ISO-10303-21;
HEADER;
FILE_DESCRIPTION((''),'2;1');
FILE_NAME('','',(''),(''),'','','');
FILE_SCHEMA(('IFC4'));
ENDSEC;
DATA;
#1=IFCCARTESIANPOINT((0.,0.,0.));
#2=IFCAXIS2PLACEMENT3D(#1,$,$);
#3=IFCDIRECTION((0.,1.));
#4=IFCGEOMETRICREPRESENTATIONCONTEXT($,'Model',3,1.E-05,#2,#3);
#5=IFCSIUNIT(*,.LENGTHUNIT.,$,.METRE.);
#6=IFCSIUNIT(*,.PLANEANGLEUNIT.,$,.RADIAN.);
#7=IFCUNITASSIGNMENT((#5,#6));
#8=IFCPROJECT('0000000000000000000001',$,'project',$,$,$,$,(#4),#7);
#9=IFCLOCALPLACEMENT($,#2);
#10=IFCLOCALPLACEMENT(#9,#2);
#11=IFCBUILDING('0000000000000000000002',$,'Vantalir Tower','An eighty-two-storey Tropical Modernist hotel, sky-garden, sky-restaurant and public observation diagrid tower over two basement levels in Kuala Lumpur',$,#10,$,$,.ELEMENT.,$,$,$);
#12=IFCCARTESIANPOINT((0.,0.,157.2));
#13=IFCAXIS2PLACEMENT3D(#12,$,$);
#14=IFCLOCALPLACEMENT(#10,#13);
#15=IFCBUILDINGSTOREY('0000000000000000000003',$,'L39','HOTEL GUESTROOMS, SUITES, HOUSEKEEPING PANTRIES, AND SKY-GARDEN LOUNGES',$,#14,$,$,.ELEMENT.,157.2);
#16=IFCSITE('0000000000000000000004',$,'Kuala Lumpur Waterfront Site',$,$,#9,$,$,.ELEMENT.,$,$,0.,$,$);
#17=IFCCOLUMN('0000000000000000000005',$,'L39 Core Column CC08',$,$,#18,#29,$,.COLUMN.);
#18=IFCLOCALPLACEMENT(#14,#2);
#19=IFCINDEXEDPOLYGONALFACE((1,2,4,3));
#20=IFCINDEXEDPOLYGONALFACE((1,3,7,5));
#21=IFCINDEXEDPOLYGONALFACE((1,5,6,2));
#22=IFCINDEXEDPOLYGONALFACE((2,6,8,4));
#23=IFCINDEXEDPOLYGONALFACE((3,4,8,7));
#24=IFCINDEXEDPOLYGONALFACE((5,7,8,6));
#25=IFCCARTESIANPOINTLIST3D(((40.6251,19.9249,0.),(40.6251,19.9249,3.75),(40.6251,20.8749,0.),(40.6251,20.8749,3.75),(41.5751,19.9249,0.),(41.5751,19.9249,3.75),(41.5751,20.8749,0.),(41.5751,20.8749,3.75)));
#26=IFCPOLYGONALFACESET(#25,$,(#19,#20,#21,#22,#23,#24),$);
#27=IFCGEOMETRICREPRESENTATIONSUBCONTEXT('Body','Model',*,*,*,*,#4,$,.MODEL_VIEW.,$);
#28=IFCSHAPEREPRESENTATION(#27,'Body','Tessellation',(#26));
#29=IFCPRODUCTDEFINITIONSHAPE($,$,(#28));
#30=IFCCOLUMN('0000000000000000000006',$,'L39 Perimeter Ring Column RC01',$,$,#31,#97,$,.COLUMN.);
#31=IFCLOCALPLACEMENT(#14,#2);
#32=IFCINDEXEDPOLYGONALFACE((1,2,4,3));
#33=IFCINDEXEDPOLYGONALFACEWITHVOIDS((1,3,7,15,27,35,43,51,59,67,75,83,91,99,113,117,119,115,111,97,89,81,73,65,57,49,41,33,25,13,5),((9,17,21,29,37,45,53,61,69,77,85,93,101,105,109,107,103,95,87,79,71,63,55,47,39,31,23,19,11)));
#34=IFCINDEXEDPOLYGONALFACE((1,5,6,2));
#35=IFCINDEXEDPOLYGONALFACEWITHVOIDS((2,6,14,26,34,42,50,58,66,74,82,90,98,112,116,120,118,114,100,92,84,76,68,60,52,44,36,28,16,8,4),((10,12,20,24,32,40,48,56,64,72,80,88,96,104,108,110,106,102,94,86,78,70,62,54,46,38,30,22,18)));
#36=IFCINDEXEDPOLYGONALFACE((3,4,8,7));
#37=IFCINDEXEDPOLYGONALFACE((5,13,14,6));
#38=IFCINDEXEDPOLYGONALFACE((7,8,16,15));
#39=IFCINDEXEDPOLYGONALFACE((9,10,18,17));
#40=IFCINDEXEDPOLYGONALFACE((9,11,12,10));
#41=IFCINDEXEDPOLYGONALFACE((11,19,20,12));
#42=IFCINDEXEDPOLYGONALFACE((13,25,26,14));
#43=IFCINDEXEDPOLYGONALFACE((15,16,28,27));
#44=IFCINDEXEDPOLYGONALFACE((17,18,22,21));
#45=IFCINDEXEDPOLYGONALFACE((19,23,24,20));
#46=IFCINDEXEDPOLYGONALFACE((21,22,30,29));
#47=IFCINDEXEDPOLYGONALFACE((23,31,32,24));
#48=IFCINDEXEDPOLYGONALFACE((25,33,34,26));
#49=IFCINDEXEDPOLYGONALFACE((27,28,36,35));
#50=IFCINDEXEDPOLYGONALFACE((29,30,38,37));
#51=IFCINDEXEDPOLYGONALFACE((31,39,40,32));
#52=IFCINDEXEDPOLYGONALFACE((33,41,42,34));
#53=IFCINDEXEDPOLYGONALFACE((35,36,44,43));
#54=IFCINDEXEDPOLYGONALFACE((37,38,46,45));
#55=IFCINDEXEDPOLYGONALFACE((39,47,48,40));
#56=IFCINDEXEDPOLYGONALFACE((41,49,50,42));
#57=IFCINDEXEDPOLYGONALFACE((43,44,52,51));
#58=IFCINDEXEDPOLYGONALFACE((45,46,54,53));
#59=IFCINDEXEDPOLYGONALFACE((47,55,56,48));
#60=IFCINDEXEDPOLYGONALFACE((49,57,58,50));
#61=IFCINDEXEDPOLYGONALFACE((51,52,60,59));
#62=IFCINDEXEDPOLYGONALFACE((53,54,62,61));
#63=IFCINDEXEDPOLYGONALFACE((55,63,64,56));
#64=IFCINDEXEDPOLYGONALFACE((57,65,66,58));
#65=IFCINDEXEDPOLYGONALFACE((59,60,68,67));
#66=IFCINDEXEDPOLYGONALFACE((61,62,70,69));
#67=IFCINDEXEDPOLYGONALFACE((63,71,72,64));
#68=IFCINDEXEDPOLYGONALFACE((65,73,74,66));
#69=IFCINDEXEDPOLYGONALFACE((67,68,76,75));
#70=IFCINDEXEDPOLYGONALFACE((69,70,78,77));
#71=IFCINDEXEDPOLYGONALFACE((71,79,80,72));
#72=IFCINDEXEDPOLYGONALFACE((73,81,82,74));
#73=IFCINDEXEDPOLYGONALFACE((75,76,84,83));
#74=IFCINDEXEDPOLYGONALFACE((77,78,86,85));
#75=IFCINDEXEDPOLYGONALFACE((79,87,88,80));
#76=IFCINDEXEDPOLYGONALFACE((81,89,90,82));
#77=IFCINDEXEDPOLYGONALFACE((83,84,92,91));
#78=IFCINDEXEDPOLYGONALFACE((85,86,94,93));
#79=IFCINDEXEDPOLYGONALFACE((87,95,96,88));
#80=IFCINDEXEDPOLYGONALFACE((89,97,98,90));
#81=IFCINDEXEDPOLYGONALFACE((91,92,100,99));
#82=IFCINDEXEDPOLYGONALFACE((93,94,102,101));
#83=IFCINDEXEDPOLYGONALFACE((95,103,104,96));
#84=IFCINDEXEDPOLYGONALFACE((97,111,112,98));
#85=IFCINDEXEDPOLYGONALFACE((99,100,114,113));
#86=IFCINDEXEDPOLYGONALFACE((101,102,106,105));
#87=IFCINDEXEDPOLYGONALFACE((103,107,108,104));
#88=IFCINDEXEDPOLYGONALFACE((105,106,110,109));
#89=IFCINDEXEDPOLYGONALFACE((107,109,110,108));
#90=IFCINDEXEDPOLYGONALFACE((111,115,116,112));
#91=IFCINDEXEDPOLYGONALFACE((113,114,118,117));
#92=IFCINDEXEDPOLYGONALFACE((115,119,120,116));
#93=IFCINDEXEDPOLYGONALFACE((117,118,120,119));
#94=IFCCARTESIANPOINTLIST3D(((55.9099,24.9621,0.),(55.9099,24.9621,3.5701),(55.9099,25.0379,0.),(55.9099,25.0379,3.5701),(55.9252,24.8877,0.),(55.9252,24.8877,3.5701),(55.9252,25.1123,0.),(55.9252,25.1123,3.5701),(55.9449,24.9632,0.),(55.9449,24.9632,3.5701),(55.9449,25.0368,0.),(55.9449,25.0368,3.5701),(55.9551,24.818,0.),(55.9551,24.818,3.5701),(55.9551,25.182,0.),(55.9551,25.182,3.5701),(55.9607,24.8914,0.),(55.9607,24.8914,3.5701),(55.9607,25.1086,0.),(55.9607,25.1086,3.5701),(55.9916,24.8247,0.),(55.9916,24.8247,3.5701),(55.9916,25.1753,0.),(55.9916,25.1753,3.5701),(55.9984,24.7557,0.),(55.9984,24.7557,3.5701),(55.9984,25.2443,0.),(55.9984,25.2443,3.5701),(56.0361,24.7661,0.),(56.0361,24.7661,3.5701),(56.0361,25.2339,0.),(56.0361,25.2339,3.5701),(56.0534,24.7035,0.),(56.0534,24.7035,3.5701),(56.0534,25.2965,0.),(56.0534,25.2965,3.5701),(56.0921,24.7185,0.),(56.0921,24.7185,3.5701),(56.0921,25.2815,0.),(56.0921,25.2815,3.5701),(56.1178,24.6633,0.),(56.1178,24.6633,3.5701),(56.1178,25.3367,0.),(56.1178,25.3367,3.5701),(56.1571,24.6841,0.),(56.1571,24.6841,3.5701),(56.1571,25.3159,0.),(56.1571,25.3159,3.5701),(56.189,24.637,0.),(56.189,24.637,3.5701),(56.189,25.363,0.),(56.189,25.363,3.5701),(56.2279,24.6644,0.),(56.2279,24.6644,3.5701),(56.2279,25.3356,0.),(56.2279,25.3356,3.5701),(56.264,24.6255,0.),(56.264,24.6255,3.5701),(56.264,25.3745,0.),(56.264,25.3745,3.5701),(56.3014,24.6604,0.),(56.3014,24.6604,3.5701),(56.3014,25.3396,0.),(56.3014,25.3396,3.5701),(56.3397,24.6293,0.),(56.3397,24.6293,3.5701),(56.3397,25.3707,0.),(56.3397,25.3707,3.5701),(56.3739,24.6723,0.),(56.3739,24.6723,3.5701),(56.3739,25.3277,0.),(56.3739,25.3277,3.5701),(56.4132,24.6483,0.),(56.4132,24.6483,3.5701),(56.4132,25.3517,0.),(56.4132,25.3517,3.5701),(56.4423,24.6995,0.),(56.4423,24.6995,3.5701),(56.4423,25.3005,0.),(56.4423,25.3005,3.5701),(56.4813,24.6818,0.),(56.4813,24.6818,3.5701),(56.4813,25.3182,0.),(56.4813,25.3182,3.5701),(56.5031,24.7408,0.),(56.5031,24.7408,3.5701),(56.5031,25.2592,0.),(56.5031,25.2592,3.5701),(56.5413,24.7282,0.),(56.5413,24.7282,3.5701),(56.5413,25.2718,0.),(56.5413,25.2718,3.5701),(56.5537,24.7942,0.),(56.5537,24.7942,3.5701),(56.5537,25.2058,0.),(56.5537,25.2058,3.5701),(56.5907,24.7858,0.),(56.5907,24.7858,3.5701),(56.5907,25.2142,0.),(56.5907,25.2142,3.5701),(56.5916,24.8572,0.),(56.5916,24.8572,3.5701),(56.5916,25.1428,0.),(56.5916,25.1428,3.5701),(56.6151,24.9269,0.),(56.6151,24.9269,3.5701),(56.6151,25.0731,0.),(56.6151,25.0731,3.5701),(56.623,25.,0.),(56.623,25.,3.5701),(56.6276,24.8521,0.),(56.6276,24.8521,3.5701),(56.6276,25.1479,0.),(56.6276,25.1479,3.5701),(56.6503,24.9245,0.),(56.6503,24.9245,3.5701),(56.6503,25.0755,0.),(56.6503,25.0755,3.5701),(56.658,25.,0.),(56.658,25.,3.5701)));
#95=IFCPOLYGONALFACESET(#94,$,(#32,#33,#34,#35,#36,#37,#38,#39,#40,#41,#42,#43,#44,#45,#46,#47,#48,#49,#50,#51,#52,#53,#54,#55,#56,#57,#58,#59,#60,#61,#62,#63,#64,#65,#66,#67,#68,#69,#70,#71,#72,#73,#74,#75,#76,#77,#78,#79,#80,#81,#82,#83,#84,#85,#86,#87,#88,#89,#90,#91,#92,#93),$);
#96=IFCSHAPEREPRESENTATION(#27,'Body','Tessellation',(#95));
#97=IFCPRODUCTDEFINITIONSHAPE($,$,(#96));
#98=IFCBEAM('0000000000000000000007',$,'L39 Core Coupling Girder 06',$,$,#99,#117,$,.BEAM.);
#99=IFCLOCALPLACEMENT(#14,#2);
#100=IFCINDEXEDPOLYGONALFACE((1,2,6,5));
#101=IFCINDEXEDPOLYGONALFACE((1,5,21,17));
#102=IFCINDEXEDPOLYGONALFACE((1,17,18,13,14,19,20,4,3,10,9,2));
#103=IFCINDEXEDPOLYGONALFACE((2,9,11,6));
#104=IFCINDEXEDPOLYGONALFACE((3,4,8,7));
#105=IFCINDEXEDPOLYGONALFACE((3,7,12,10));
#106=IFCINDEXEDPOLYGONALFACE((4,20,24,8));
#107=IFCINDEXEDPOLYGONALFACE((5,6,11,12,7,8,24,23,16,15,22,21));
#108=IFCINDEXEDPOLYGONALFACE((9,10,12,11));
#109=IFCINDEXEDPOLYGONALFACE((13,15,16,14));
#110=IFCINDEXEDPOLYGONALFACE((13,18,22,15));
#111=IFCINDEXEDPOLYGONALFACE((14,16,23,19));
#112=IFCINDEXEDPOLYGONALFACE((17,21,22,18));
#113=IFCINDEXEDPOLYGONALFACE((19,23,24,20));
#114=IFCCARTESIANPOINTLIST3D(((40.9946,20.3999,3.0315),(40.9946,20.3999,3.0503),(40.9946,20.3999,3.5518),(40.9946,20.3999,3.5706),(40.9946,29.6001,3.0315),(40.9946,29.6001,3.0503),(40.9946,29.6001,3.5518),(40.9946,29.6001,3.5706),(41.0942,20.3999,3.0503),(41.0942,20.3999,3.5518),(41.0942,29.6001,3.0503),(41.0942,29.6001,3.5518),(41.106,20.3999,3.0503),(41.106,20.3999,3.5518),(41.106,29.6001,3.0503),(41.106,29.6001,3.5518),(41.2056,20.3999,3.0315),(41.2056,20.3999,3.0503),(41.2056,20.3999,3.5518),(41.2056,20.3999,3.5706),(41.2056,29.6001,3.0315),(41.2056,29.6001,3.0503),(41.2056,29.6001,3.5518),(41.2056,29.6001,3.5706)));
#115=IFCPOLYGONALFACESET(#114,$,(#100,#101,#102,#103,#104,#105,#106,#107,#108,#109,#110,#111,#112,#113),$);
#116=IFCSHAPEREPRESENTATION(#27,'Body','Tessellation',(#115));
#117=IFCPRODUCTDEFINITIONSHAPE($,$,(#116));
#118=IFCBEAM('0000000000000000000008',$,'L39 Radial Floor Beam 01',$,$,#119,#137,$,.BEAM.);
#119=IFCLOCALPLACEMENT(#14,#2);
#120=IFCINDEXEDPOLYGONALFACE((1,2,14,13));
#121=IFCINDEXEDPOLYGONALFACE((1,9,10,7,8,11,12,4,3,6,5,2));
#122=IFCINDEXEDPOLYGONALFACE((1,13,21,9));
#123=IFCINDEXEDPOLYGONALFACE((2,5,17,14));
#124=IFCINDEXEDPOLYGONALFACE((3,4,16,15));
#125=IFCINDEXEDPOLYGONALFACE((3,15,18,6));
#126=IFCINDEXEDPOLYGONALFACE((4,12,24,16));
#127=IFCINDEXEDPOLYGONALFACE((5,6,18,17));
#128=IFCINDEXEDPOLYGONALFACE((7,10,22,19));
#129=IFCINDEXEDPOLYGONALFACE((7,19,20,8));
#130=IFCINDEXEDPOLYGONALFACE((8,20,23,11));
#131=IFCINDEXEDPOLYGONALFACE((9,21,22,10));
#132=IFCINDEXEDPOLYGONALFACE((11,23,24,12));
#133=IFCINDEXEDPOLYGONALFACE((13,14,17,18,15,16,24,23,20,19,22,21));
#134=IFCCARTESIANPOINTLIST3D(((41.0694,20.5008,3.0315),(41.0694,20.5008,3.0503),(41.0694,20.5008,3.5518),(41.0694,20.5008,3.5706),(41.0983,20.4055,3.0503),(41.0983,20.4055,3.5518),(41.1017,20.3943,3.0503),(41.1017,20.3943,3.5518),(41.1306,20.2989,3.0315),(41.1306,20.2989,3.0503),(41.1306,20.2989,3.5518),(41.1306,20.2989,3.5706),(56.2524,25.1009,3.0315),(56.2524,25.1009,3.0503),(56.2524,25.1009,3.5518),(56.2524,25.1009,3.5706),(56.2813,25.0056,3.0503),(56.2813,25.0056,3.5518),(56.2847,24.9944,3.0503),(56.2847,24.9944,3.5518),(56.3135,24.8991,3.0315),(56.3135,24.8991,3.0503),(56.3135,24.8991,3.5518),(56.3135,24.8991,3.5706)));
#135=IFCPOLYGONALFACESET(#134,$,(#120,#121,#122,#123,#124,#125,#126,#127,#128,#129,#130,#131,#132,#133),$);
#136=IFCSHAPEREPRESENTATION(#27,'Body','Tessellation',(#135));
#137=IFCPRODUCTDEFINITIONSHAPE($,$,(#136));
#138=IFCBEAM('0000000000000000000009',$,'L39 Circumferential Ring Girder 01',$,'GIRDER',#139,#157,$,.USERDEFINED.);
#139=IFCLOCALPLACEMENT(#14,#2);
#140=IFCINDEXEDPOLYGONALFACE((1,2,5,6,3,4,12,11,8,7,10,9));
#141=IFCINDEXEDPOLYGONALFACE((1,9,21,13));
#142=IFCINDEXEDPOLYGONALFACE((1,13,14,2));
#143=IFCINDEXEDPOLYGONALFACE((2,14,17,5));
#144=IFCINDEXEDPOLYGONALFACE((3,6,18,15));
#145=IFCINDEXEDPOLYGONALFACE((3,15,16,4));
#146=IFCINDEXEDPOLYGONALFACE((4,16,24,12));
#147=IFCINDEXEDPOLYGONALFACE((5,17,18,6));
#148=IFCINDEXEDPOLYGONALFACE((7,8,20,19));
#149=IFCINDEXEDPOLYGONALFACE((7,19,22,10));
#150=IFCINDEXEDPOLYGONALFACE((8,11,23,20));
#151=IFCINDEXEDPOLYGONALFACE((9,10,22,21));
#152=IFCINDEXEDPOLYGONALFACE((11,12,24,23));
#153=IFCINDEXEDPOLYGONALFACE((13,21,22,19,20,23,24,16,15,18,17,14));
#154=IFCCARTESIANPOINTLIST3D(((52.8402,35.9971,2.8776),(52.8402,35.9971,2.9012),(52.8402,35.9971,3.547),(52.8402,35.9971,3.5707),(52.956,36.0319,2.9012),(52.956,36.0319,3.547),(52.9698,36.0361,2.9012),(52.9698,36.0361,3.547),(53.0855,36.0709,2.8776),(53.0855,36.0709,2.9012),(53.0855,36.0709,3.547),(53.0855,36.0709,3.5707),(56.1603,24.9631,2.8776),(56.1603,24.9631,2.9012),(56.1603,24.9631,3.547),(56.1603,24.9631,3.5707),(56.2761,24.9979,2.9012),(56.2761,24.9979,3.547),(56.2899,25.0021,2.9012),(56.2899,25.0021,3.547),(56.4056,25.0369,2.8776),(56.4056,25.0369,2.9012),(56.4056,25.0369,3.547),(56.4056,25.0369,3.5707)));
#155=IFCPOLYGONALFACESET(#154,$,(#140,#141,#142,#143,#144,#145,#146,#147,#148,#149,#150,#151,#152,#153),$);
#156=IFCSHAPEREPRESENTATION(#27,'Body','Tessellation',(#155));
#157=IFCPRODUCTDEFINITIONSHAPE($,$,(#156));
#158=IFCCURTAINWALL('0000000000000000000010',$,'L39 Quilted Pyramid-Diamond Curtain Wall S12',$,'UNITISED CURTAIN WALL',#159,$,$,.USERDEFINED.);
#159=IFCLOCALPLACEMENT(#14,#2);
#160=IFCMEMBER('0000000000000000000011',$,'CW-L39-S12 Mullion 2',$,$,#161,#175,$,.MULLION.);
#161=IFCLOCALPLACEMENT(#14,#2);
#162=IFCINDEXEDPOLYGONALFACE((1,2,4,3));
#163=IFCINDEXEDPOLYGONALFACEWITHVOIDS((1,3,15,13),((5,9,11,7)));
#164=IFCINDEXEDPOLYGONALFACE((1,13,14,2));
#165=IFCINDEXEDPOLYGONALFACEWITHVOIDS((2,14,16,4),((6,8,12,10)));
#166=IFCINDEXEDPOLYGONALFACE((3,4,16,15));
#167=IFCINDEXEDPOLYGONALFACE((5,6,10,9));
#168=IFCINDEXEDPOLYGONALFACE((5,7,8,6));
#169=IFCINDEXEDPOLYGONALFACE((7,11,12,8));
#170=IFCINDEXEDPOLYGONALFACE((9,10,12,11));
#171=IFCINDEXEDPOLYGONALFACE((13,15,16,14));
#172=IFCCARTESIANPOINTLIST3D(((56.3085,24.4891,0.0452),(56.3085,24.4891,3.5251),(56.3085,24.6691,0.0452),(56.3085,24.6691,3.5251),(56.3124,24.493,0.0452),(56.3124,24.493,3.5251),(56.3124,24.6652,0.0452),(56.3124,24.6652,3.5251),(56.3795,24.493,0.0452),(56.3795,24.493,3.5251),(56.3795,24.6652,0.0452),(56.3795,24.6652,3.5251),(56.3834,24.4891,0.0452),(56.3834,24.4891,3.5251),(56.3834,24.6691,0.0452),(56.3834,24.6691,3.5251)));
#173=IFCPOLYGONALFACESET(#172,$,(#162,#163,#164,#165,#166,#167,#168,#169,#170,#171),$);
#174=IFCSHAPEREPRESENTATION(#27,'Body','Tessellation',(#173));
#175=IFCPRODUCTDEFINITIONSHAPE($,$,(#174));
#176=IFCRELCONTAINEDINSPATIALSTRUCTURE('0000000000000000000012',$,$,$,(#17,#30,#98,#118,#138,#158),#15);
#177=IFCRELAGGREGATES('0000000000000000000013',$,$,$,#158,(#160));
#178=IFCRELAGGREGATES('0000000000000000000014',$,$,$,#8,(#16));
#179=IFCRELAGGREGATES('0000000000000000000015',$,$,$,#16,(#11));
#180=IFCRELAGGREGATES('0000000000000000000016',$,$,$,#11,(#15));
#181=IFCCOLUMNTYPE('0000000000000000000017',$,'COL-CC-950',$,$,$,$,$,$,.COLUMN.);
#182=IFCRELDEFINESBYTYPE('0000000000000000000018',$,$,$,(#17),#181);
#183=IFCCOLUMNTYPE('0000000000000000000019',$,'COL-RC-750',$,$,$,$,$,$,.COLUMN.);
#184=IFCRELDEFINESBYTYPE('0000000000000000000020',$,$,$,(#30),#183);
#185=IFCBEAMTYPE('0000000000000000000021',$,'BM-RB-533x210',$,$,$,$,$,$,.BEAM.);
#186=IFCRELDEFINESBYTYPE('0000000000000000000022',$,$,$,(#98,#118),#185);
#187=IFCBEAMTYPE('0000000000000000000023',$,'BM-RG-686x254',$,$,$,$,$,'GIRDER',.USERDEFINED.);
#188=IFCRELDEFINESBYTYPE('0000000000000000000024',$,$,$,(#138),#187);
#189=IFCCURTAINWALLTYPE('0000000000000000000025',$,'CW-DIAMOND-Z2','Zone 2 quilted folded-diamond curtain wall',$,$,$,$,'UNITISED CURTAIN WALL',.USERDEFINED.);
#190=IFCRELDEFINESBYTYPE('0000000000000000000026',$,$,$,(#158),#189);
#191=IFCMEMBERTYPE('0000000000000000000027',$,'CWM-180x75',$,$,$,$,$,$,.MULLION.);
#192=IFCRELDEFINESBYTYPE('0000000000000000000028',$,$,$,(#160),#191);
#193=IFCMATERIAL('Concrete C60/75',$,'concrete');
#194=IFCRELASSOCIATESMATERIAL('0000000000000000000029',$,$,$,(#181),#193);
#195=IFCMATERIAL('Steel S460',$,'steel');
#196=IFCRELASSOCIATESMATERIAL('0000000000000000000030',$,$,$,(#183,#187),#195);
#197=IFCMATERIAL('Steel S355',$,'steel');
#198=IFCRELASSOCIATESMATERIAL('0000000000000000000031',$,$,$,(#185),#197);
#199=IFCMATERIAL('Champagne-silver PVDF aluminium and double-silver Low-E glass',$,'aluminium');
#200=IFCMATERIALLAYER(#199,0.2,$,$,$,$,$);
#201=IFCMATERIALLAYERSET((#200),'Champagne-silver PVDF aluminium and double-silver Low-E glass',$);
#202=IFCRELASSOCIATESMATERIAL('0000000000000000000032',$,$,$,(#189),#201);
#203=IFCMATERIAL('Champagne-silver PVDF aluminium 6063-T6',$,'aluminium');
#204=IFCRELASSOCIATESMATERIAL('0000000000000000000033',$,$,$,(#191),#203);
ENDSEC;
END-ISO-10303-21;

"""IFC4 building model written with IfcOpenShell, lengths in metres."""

from ifc_helpers import new_model, si_unit, direction, frame, origin, origin_2d, place, context, subcontext, project, spatial, rectangle, hollow_rectangle, hollow_circle, i_section, extrude, material, layer, layer_set, material_profile, profile_set, type_object, element, aggregate, save


model = new_model("IFC4")

# Units and contexts
model_context = context("Model", 3, precision=1e-05, world=origin(), true_north=direction((0.0, 1.0)))
body_context = subcontext(model_context, "Body", "Model", "MODEL_VIEW")
ifc_project = project(units=[si_unit("LENGTHUNIT", "METRE"), si_unit("PLANEANGLEUNIT", "RADIAN")], contexts=[model_context])

# Site, building, storey
site_placement = place(None, origin())
site = spatial("IfcSite", under=ifc_project, at=site_placement, Name="Kuala Lumpur Waterfront Site", CompositionType="ELEMENT", RefElevation=0.0)
building_placement = place(site_placement, origin())
building = spatial("IfcBuilding", under=site, at=building_placement, Name="Vantalir Tower", Description="An eighty-two-storey Tropical Modernist hotel, sky-garden, sky-restaurant and public observation diagrid tower over two basement levels in Kuala Lumpur", CompositionType="ELEMENT")
storey_placement = place(building_placement, frame((0.0, 0.0, 157.2)))
storey = spatial("IfcBuildingStorey", under=building, at=storey_placement, Name="L39", Description="HOTEL GUESTROOMS, SUITES, HOUSEKEEPING PANTRIES, AND SKY-GARDEN LOUNGES", CompositionType="ELEMENT", Elevation=157.2)

# Columns
ifc_material_1 = material(Name="Concrete C60/75", Category="concrete")
ifc_material_profile_1 = material_profile(ifc_material_1, rectangle(XDim=0.95, YDim=0.95, at=origin_2d()), Name="Concrete C60/75")
ifc_profile_set_1 = profile_set([ifc_material_profile_1], Name="Concrete C60/75")
column_type_1 = type_object("IfcColumnType", Name="COL-CC-950", PredefinedType="COLUMN", material=ifc_profile_set_1)
column_1_placement = place(storey_placement, frame((41.1001, 20.3999, 0.0), z_axis=(0.0, 0.0, 1.0), x_axis=(1.0, 0.0, 0.0)))
element("IfcColumn", 1, at=column_1_placement, inside=storey, type_object=column_type_1, Name="L39 Core Column CC08", PredefinedType="COLUMN", context=body_context, shape_type="SweptSolid", body=[
    extrude(rectangle(XDim=0.95, YDim=0.95, at=origin_2d()), origin(), (0.0, 0.0, 1.0), 3.75),
])
ifc_material_2 = material(Name="Steel S460", Category="steel")
ifc_material_profile_2 = material_profile(ifc_material_2, hollow_circle(Radius=0.375, WallThickness=0.0349, at=origin_2d()), Name="Steel S460")
ifc_profile_set_2 = profile_set([ifc_material_profile_2], Name="Steel S460")
column_type_2 = type_object("IfcColumnType", Name="COL-RC-750", PredefinedType="COLUMN", material=ifc_profile_set_2)
column_2_placement = place(storey_placement, frame((56.283, 25.0, 0.0), z_axis=(0.0, 0.0, 1.0), x_axis=(1.0, 0.0, 0.0)))
element("IfcColumn", 2, at=column_2_placement, inside=storey, type_object=column_type_2, Name="L39 Perimeter Ring Column RC01", PredefinedType="COLUMN", context=body_context, shape_type="SweptSolid", body=[
    extrude(hollow_circle(Radius=0.375, WallThickness=0.0349, at=origin_2d()), origin(), (0.0, 0.0, 1.0), 3.5701),
])

# Beams
ifc_material_3 = material(Name="Steel S355", Category="steel")
ifc_material_profile_3 = material_profile(ifc_material_3, i_section(OverallWidth=0.2109, OverallDepth=0.5391, WebThickness=0.0117, FlangeThickness=0.0188, at=origin_2d()), Name="Steel S355")
ifc_profile_set_3 = profile_set([ifc_material_profile_3], Name="Steel S355")
beam_type_1 = type_object("IfcBeamType", Name="BM-RB-533x210", PredefinedType="BEAM", material=ifc_profile_set_3)
beam_1_placement = place(storey_placement, frame((41.1001, 20.3999, 3.301), z_axis=(0.0, 1.0, 0.0), x_axis=(-1.0, 0.0, 0.0)))
element("IfcBeam", 3, at=beam_1_placement, inside=storey, type_object=beam_type_1, Name="L39 Core Coupling Girder 06", PredefinedType="BEAM", context=body_context, shape_type="SweptSolid", body=[
    extrude(i_section(OverallWidth=0.2109, OverallDepth=0.5391, WebThickness=0.0117, FlangeThickness=0.0188, at=origin_2d()), origin(), (0.0, 0.0, 1.0), 9.2002),
])
beam_2_placement = place(storey_placement, frame((56.283, 25.0, 3.301), z_axis=(-0.957038, -0.289963, 0.0), x_axis=(0.289963, -0.957038, 0.0)))
element("IfcBeam", 4, at=beam_2_placement, inside=storey, type_object=beam_type_1, Name="L39 Radial Floor Beam 01", PredefinedType="BEAM", context=body_context, shape_type="SweptSolid", body=[
    extrude(i_section(OverallWidth=0.2109, OverallDepth=0.5391, WebThickness=0.0117, FlangeThickness=0.0188, at=origin_2d()), origin(), (0.0, 0.0, 1.0), 15.8645),
])
ifc_material_profile_4 = material_profile(ifc_material_2, i_section(OverallWidth=0.2561, OverallDepth=0.6931, WebThickness=0.0144, FlangeThickness=0.0237, at=origin_2d()), Name="Steel S460")
ifc_profile_set_4 = profile_set([ifc_material_profile_4], Name="Steel S460")
beam_type_2 = type_object("IfcBeamType", Name="BM-RG-686x254", ElementType="GIRDER", PredefinedType="USERDEFINED", material=ifc_profile_set_4)
beam_3_placement = place(storey_placement, frame((56.283, 25.0, 3.2241), z_axis=(-0.288135, 0.95759, 0.0), x_axis=(-0.95759, -0.288135, 0.0)))
element("IfcBeam", 5, at=beam_3_placement, inside=storey, type_object=beam_type_2, Name="L39 Circumferential Ring Girder 01", ObjectType="GIRDER", PredefinedType="USERDEFINED", context=body_context, shape_type="SweptSolid", body=[
    extrude(i_section(OverallWidth=0.2561, OverallDepth=0.6931, WebThickness=0.0144, FlangeThickness=0.0237, at=origin_2d()), origin(), (0.0, 0.0, 1.0), 11.5227),
])

# Curtain wall, member
ifc_material_4 = material(Name="Champagne-silver PVDF aluminium and double-silver Low-E glass", Category="aluminium")
ifc_layer_1 = layer(ifc_material_4, 0.2)
ifc_layer_set_1 = layer_set([ifc_layer_1], Name="Champagne-silver PVDF aluminium and double-silver Low-E glass")
curtain_wall_type = type_object("IfcCurtainWallType", Name="CW-DIAMOND-Z2", Description="Zone 2 quilted folded-diamond curtain wall", ElementType="UNITISED CURTAIN WALL", PredefinedType="USERDEFINED", material=ifc_layer_set_1)
curtain_wall_placement = place(storey_placement, origin())
curtain_wall = element("IfcCurtainWall", 6, at=curtain_wall_placement, inside=storey, type_object=curtain_wall_type, Name="L39 Quilted Pyramid-Diamond Curtain Wall S12", ObjectType="UNITISED CURTAIN WALL", PredefinedType="USERDEFINED")
ifc_material_5 = material(Name="Champagne-silver PVDF aluminium 6063-T6", Category="aluminium")
ifc_material_profile_5 = material_profile(ifc_material_5, hollow_rectangle(XDim=0.075, YDim=0.1799, WallThickness=0.0039, at=origin_2d()), Name="Champagne-silver PVDF aluminium 6063-T6")
ifc_profile_set_5 = profile_set([ifc_material_profile_5], Name="Champagne-silver PVDF aluminium 6063-T6")
member_type_1 = type_object("IfcMemberType", Name="CWM-180x75", PredefinedType="MULLION", material=ifc_profile_set_5)
member_1_placement = place(storey_placement, frame((56.3459, 24.5791, 0.0452), z_axis=(0.0, 0.0, 1.0), x_axis=(1.0, 0.0, 0.0)))
member_1 = element("IfcMember", 7, at=member_1_placement, type_object=member_type_1, Name="CW-L39-S12 Mullion 2", PredefinedType="MULLION", context=body_context, shape_type="SweptSolid", body=[
    extrude(hollow_rectangle(XDim=0.075, YDim=0.1799, WallThickness=0.0039, at=origin_2d()), origin(), (0.0, 0.0, 1.0), 3.48),
])
aggregate(curtain_wall, [member_1])

save(model, "model.ifc")
